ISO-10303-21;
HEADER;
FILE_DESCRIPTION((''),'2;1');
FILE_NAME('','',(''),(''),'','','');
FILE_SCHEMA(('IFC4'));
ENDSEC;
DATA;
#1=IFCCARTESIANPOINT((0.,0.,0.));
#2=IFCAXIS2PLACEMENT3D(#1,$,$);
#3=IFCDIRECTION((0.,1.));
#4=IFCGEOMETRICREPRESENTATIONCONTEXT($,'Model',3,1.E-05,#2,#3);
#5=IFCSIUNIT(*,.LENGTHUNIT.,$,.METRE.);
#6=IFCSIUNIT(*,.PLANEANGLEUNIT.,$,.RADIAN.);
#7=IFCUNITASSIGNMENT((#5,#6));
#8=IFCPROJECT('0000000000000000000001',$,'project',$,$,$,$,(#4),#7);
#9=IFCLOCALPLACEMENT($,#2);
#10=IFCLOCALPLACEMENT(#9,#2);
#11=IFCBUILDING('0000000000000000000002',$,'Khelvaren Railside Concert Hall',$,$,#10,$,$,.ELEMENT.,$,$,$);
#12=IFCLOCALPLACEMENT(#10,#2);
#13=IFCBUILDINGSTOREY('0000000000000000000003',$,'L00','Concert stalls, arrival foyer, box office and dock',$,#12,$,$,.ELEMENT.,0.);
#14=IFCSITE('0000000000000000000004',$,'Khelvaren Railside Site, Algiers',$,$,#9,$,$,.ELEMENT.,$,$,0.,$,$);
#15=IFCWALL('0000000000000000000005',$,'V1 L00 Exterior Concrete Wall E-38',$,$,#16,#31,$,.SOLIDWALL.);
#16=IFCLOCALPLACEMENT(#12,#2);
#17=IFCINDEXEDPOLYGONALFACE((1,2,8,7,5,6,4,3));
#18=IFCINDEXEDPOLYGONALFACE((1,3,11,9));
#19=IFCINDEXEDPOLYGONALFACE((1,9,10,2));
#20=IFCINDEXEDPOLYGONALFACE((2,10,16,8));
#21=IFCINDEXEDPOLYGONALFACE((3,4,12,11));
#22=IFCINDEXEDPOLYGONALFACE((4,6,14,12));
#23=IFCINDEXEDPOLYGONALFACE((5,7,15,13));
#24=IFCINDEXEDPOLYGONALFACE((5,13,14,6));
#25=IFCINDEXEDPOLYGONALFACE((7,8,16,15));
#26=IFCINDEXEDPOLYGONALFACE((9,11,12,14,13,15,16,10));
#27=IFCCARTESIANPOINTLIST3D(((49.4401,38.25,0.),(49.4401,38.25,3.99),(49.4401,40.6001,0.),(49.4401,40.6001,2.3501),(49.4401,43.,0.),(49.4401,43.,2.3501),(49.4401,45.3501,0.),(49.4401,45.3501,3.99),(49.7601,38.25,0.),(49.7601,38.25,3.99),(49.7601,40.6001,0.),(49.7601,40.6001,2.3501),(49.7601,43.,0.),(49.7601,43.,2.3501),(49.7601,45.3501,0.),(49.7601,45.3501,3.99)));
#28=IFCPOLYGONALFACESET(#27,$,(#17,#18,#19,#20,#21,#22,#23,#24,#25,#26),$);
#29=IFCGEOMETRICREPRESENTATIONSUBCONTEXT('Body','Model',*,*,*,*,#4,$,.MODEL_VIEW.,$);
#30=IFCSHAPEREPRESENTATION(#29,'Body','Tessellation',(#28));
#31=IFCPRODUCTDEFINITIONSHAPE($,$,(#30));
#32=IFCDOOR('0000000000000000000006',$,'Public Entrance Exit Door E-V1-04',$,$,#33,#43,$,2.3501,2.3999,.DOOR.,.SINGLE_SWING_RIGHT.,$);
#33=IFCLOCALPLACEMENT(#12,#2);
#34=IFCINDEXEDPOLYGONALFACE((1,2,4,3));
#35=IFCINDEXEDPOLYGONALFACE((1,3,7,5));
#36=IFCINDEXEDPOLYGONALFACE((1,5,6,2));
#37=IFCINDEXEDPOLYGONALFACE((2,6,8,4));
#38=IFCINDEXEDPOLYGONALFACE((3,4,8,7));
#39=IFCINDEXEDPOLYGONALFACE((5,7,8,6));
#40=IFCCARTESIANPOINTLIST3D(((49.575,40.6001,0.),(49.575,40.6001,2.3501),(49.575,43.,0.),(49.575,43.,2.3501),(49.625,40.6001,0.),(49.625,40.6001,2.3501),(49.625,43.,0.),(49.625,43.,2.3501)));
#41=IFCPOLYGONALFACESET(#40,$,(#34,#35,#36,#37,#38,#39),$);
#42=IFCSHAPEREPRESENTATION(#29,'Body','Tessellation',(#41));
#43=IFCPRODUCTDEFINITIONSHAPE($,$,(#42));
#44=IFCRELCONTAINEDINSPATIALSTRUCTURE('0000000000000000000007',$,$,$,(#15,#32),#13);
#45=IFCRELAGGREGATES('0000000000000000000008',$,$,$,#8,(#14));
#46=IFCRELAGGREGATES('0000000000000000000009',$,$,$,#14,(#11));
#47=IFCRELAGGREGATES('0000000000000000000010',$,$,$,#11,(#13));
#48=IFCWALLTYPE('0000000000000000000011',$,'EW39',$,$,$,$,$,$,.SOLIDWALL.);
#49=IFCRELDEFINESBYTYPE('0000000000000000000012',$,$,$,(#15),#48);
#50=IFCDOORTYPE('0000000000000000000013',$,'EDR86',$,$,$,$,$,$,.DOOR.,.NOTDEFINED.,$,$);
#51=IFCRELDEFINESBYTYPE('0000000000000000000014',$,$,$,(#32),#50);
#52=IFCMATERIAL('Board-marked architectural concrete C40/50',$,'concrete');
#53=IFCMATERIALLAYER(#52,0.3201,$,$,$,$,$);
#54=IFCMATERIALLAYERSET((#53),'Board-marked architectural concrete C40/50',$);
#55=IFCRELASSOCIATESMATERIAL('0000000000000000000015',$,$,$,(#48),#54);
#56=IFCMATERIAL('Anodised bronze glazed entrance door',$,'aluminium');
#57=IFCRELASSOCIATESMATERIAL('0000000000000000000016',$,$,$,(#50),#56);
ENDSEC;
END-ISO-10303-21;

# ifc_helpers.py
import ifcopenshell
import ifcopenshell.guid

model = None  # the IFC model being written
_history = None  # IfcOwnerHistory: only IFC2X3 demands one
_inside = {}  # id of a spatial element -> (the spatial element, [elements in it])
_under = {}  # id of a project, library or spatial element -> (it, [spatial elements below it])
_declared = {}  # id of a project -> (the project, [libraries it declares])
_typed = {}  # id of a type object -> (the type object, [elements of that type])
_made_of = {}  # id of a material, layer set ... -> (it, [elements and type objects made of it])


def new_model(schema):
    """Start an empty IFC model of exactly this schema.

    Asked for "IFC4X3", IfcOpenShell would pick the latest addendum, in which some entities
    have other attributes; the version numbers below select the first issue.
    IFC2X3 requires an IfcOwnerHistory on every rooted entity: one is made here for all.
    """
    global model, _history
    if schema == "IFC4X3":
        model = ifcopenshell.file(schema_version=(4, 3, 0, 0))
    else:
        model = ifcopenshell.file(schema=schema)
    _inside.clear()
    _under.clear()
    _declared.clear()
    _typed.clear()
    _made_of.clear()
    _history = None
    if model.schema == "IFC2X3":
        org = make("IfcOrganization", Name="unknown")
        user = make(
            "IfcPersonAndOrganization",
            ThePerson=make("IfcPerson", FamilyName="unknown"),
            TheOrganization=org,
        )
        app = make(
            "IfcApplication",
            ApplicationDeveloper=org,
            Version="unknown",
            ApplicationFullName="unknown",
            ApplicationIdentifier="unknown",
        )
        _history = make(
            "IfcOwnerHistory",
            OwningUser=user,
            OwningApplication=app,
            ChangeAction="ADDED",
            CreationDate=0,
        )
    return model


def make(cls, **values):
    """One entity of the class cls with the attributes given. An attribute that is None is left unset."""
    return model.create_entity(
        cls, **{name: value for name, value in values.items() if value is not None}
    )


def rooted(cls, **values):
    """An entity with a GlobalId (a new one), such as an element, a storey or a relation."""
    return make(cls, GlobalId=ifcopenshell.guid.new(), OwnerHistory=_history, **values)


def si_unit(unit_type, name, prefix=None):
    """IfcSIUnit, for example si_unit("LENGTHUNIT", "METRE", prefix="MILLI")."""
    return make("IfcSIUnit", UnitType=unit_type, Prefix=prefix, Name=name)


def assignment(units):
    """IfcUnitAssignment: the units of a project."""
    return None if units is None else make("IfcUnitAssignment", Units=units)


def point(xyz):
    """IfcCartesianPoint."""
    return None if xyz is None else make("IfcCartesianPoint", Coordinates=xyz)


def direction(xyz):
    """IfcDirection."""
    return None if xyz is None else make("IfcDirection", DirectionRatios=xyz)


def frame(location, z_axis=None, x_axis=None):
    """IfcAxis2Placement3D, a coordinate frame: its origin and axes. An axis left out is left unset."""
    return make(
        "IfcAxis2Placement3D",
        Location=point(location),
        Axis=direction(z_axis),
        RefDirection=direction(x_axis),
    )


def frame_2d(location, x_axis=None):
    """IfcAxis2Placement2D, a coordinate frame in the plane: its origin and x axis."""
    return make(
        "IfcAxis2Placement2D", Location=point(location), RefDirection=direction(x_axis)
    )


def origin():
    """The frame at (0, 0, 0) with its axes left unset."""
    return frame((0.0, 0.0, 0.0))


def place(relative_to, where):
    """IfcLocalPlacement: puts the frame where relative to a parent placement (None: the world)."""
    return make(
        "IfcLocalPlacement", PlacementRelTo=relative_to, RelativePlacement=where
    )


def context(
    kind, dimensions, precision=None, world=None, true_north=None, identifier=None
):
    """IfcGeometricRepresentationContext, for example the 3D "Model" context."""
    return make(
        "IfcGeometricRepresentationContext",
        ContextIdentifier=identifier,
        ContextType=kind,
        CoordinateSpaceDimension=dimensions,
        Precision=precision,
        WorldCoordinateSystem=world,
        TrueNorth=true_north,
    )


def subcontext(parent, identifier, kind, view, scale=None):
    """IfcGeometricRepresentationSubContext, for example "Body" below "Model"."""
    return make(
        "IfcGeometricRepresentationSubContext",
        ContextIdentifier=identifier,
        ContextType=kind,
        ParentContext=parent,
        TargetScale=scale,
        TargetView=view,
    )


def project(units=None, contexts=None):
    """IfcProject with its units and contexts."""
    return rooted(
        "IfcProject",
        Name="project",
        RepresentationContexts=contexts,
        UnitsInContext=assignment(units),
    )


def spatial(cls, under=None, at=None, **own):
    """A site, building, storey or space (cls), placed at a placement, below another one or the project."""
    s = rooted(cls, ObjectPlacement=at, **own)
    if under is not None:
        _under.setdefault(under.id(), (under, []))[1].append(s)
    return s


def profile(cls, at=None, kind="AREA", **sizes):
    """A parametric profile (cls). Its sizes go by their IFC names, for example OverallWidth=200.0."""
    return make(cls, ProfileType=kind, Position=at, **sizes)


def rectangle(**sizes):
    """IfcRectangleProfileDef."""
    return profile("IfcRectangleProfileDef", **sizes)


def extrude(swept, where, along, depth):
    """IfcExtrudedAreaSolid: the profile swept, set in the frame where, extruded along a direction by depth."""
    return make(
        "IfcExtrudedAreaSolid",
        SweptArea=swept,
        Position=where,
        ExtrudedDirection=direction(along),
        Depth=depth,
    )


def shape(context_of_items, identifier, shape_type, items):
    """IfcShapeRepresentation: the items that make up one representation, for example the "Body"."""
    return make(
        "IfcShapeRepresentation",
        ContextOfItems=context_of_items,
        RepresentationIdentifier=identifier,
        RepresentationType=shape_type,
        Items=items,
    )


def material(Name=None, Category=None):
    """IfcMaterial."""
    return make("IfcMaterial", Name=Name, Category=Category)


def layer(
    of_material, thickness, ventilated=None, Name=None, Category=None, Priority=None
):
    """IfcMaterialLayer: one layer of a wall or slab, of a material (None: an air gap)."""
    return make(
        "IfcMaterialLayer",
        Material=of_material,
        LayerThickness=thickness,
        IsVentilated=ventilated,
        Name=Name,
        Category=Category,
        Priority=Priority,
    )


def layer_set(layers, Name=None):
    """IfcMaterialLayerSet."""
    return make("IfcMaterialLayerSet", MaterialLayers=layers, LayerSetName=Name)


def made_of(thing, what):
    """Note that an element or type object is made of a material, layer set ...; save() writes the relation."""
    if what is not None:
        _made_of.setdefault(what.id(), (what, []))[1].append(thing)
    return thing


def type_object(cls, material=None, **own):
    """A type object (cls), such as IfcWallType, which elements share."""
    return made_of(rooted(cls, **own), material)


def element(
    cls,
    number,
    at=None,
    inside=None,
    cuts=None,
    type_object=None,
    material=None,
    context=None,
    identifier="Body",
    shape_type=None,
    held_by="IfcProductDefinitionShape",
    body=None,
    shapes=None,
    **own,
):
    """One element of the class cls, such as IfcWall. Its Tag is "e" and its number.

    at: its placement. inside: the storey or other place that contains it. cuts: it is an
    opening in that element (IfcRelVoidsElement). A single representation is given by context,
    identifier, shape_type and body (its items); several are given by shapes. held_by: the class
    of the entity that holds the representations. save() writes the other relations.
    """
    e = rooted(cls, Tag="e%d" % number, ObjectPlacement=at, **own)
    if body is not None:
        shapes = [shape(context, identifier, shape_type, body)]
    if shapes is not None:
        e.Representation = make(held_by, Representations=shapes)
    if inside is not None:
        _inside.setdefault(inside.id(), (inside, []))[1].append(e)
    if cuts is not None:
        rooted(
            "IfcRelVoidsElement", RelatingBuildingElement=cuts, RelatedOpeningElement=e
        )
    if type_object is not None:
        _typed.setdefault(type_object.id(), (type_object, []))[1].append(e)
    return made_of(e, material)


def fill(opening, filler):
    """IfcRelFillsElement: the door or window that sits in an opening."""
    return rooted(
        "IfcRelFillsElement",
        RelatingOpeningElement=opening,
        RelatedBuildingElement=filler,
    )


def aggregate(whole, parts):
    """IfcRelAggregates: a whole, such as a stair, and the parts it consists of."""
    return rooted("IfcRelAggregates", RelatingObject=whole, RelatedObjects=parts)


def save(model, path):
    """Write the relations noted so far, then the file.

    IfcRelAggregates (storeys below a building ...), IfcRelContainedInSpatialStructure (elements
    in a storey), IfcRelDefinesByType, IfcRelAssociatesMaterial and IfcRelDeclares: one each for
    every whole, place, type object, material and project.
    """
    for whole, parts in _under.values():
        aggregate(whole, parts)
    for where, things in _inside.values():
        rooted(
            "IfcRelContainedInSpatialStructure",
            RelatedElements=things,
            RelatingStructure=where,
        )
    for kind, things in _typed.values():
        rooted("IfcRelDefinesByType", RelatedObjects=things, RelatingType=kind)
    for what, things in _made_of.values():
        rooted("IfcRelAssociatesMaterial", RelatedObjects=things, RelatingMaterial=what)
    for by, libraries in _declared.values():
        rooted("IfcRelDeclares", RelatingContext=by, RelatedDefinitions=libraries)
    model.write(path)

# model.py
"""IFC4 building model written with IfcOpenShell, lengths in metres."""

from ifc_helpers import new_model, si_unit, direction, frame, frame_2d, origin, place, context, subcontext, project, spatial, rectangle, extrude, material, layer, layer_set, type_object, element, fill, save


model = new_model("IFC4")

# Units and contexts
model_context = context("Model", 3, precision=1e-05, world=origin(), true_north=direction((0.0, 1.0)))
body_context = subcontext(model_context, "Body", "Model", "MODEL_VIEW")
ifc_project = project(units=[si_unit("LENGTHUNIT", "METRE"), si_unit("PLANEANGLEUNIT", "RADIAN")], contexts=[model_context])

# Site, building, storey
site_placement = place(None, origin())
site = spatial("IfcSite", under=ifc_project, at=site_placement, Name="Khelvaren Railside Site, Algiers", CompositionType="ELEMENT", RefElevation=0.0)
building_placement = place(site_placement, origin())
building = spatial("IfcBuilding", under=site, at=building_placement, Name="Khelvaren Railside Concert Hall", CompositionType="ELEMENT")
storey_placement = place(building_placement, origin())
storey = spatial("IfcBuildingStorey", under=building, at=storey_placement, Name="L00", Description="Concert stalls, arrival foyer, box office and dock", CompositionType="ELEMENT", Elevation=0.0)

# Wall, opening, door
ifc_material_1 = material(Name="Board-marked architectural concrete C40/50", Category="concrete")
ifc_layer_1 = layer(ifc_material_1, 0.3201)
ifc_layer_set_1 = layer_set([ifc_layer_1], Name="Board-marked architectural concrete C40/50")
wall_type = type_object("IfcWallType", Name="EW39", PredefinedType="SOLIDWALL", material=ifc_layer_set_1)
ifc_material_2 = material(Name="Anodised bronze glazed entrance door", Category="aluminium")
wall_1_placement = place(storey_placement, frame((49.6001, 45.3501, 0.0), z_axis=(0.0, 0.0, 1.0), x_axis=(0.0, -1.0, 0.0)))
wall_1 = element("IfcWall", 1, at=wall_1_placement, inside=storey, type_object=wall_type, Name="V1 L00 Exterior Concrete Wall E-38", PredefinedType="SOLIDWALL", context=body_context, shape_type="SweptSolid", body=[
    extrude(rectangle(XDim=7.1001, YDim=0.3201, at=frame_2d((3.55, 0.0))), origin(), (0.0, 0.0, 1.0), 3.99),
])
opening_1_placement = place(wall_1_placement, frame((2.3501, 0.0, 0.0)))
opening_1 = element("IfcOpeningElement", 2, at=opening_1_placement, cuts=wall_1, PredefinedType="OPENING", context=body_context, shape_type="SweptSolid", body=[
    extrude(rectangle(XDim=2.3999, YDim=2.3501, at=frame_2d((1.2, 1.175))), frame((0.0, 0.1699, 0.0), z_axis=(0.0, -1.0, 0.0), x_axis=(1.0, 0.0, 0.0)), (0.0, 0.0, 1.0), 0.3401),
])
door_type_1 = type_object("IfcDoorType", Name="EDR86", OperationType="NOTDEFINED", PredefinedType="DOOR", material=ifc_material_2)
door_1_placement = place(opening_1_placement, origin())
door_1 = element("IfcDoor", 3, at=door_1_placement, inside=storey, type_object=door_type_1, Name="Public Entrance Exit Door E-V1-04", OperationType="SINGLE_SWING_RIGHT", OverallHeight=2.3501, OverallWidth=2.3999, PredefinedType="DOOR", context=body_context, shape_type="SweptSolid", body=[
    extrude(rectangle(XDim=2.3999, YDim=2.3501, at=frame_2d((1.2, 1.175))), frame((0.0, 0.0249, 0.0), z_axis=(0.0, -1.0, 0.0), x_axis=(1.0, 0.0, 0.0)), (0.0, 0.0, 1.0), 0.05),
])
fill(opening_1, door_1)

save(model, "model.ifc")
